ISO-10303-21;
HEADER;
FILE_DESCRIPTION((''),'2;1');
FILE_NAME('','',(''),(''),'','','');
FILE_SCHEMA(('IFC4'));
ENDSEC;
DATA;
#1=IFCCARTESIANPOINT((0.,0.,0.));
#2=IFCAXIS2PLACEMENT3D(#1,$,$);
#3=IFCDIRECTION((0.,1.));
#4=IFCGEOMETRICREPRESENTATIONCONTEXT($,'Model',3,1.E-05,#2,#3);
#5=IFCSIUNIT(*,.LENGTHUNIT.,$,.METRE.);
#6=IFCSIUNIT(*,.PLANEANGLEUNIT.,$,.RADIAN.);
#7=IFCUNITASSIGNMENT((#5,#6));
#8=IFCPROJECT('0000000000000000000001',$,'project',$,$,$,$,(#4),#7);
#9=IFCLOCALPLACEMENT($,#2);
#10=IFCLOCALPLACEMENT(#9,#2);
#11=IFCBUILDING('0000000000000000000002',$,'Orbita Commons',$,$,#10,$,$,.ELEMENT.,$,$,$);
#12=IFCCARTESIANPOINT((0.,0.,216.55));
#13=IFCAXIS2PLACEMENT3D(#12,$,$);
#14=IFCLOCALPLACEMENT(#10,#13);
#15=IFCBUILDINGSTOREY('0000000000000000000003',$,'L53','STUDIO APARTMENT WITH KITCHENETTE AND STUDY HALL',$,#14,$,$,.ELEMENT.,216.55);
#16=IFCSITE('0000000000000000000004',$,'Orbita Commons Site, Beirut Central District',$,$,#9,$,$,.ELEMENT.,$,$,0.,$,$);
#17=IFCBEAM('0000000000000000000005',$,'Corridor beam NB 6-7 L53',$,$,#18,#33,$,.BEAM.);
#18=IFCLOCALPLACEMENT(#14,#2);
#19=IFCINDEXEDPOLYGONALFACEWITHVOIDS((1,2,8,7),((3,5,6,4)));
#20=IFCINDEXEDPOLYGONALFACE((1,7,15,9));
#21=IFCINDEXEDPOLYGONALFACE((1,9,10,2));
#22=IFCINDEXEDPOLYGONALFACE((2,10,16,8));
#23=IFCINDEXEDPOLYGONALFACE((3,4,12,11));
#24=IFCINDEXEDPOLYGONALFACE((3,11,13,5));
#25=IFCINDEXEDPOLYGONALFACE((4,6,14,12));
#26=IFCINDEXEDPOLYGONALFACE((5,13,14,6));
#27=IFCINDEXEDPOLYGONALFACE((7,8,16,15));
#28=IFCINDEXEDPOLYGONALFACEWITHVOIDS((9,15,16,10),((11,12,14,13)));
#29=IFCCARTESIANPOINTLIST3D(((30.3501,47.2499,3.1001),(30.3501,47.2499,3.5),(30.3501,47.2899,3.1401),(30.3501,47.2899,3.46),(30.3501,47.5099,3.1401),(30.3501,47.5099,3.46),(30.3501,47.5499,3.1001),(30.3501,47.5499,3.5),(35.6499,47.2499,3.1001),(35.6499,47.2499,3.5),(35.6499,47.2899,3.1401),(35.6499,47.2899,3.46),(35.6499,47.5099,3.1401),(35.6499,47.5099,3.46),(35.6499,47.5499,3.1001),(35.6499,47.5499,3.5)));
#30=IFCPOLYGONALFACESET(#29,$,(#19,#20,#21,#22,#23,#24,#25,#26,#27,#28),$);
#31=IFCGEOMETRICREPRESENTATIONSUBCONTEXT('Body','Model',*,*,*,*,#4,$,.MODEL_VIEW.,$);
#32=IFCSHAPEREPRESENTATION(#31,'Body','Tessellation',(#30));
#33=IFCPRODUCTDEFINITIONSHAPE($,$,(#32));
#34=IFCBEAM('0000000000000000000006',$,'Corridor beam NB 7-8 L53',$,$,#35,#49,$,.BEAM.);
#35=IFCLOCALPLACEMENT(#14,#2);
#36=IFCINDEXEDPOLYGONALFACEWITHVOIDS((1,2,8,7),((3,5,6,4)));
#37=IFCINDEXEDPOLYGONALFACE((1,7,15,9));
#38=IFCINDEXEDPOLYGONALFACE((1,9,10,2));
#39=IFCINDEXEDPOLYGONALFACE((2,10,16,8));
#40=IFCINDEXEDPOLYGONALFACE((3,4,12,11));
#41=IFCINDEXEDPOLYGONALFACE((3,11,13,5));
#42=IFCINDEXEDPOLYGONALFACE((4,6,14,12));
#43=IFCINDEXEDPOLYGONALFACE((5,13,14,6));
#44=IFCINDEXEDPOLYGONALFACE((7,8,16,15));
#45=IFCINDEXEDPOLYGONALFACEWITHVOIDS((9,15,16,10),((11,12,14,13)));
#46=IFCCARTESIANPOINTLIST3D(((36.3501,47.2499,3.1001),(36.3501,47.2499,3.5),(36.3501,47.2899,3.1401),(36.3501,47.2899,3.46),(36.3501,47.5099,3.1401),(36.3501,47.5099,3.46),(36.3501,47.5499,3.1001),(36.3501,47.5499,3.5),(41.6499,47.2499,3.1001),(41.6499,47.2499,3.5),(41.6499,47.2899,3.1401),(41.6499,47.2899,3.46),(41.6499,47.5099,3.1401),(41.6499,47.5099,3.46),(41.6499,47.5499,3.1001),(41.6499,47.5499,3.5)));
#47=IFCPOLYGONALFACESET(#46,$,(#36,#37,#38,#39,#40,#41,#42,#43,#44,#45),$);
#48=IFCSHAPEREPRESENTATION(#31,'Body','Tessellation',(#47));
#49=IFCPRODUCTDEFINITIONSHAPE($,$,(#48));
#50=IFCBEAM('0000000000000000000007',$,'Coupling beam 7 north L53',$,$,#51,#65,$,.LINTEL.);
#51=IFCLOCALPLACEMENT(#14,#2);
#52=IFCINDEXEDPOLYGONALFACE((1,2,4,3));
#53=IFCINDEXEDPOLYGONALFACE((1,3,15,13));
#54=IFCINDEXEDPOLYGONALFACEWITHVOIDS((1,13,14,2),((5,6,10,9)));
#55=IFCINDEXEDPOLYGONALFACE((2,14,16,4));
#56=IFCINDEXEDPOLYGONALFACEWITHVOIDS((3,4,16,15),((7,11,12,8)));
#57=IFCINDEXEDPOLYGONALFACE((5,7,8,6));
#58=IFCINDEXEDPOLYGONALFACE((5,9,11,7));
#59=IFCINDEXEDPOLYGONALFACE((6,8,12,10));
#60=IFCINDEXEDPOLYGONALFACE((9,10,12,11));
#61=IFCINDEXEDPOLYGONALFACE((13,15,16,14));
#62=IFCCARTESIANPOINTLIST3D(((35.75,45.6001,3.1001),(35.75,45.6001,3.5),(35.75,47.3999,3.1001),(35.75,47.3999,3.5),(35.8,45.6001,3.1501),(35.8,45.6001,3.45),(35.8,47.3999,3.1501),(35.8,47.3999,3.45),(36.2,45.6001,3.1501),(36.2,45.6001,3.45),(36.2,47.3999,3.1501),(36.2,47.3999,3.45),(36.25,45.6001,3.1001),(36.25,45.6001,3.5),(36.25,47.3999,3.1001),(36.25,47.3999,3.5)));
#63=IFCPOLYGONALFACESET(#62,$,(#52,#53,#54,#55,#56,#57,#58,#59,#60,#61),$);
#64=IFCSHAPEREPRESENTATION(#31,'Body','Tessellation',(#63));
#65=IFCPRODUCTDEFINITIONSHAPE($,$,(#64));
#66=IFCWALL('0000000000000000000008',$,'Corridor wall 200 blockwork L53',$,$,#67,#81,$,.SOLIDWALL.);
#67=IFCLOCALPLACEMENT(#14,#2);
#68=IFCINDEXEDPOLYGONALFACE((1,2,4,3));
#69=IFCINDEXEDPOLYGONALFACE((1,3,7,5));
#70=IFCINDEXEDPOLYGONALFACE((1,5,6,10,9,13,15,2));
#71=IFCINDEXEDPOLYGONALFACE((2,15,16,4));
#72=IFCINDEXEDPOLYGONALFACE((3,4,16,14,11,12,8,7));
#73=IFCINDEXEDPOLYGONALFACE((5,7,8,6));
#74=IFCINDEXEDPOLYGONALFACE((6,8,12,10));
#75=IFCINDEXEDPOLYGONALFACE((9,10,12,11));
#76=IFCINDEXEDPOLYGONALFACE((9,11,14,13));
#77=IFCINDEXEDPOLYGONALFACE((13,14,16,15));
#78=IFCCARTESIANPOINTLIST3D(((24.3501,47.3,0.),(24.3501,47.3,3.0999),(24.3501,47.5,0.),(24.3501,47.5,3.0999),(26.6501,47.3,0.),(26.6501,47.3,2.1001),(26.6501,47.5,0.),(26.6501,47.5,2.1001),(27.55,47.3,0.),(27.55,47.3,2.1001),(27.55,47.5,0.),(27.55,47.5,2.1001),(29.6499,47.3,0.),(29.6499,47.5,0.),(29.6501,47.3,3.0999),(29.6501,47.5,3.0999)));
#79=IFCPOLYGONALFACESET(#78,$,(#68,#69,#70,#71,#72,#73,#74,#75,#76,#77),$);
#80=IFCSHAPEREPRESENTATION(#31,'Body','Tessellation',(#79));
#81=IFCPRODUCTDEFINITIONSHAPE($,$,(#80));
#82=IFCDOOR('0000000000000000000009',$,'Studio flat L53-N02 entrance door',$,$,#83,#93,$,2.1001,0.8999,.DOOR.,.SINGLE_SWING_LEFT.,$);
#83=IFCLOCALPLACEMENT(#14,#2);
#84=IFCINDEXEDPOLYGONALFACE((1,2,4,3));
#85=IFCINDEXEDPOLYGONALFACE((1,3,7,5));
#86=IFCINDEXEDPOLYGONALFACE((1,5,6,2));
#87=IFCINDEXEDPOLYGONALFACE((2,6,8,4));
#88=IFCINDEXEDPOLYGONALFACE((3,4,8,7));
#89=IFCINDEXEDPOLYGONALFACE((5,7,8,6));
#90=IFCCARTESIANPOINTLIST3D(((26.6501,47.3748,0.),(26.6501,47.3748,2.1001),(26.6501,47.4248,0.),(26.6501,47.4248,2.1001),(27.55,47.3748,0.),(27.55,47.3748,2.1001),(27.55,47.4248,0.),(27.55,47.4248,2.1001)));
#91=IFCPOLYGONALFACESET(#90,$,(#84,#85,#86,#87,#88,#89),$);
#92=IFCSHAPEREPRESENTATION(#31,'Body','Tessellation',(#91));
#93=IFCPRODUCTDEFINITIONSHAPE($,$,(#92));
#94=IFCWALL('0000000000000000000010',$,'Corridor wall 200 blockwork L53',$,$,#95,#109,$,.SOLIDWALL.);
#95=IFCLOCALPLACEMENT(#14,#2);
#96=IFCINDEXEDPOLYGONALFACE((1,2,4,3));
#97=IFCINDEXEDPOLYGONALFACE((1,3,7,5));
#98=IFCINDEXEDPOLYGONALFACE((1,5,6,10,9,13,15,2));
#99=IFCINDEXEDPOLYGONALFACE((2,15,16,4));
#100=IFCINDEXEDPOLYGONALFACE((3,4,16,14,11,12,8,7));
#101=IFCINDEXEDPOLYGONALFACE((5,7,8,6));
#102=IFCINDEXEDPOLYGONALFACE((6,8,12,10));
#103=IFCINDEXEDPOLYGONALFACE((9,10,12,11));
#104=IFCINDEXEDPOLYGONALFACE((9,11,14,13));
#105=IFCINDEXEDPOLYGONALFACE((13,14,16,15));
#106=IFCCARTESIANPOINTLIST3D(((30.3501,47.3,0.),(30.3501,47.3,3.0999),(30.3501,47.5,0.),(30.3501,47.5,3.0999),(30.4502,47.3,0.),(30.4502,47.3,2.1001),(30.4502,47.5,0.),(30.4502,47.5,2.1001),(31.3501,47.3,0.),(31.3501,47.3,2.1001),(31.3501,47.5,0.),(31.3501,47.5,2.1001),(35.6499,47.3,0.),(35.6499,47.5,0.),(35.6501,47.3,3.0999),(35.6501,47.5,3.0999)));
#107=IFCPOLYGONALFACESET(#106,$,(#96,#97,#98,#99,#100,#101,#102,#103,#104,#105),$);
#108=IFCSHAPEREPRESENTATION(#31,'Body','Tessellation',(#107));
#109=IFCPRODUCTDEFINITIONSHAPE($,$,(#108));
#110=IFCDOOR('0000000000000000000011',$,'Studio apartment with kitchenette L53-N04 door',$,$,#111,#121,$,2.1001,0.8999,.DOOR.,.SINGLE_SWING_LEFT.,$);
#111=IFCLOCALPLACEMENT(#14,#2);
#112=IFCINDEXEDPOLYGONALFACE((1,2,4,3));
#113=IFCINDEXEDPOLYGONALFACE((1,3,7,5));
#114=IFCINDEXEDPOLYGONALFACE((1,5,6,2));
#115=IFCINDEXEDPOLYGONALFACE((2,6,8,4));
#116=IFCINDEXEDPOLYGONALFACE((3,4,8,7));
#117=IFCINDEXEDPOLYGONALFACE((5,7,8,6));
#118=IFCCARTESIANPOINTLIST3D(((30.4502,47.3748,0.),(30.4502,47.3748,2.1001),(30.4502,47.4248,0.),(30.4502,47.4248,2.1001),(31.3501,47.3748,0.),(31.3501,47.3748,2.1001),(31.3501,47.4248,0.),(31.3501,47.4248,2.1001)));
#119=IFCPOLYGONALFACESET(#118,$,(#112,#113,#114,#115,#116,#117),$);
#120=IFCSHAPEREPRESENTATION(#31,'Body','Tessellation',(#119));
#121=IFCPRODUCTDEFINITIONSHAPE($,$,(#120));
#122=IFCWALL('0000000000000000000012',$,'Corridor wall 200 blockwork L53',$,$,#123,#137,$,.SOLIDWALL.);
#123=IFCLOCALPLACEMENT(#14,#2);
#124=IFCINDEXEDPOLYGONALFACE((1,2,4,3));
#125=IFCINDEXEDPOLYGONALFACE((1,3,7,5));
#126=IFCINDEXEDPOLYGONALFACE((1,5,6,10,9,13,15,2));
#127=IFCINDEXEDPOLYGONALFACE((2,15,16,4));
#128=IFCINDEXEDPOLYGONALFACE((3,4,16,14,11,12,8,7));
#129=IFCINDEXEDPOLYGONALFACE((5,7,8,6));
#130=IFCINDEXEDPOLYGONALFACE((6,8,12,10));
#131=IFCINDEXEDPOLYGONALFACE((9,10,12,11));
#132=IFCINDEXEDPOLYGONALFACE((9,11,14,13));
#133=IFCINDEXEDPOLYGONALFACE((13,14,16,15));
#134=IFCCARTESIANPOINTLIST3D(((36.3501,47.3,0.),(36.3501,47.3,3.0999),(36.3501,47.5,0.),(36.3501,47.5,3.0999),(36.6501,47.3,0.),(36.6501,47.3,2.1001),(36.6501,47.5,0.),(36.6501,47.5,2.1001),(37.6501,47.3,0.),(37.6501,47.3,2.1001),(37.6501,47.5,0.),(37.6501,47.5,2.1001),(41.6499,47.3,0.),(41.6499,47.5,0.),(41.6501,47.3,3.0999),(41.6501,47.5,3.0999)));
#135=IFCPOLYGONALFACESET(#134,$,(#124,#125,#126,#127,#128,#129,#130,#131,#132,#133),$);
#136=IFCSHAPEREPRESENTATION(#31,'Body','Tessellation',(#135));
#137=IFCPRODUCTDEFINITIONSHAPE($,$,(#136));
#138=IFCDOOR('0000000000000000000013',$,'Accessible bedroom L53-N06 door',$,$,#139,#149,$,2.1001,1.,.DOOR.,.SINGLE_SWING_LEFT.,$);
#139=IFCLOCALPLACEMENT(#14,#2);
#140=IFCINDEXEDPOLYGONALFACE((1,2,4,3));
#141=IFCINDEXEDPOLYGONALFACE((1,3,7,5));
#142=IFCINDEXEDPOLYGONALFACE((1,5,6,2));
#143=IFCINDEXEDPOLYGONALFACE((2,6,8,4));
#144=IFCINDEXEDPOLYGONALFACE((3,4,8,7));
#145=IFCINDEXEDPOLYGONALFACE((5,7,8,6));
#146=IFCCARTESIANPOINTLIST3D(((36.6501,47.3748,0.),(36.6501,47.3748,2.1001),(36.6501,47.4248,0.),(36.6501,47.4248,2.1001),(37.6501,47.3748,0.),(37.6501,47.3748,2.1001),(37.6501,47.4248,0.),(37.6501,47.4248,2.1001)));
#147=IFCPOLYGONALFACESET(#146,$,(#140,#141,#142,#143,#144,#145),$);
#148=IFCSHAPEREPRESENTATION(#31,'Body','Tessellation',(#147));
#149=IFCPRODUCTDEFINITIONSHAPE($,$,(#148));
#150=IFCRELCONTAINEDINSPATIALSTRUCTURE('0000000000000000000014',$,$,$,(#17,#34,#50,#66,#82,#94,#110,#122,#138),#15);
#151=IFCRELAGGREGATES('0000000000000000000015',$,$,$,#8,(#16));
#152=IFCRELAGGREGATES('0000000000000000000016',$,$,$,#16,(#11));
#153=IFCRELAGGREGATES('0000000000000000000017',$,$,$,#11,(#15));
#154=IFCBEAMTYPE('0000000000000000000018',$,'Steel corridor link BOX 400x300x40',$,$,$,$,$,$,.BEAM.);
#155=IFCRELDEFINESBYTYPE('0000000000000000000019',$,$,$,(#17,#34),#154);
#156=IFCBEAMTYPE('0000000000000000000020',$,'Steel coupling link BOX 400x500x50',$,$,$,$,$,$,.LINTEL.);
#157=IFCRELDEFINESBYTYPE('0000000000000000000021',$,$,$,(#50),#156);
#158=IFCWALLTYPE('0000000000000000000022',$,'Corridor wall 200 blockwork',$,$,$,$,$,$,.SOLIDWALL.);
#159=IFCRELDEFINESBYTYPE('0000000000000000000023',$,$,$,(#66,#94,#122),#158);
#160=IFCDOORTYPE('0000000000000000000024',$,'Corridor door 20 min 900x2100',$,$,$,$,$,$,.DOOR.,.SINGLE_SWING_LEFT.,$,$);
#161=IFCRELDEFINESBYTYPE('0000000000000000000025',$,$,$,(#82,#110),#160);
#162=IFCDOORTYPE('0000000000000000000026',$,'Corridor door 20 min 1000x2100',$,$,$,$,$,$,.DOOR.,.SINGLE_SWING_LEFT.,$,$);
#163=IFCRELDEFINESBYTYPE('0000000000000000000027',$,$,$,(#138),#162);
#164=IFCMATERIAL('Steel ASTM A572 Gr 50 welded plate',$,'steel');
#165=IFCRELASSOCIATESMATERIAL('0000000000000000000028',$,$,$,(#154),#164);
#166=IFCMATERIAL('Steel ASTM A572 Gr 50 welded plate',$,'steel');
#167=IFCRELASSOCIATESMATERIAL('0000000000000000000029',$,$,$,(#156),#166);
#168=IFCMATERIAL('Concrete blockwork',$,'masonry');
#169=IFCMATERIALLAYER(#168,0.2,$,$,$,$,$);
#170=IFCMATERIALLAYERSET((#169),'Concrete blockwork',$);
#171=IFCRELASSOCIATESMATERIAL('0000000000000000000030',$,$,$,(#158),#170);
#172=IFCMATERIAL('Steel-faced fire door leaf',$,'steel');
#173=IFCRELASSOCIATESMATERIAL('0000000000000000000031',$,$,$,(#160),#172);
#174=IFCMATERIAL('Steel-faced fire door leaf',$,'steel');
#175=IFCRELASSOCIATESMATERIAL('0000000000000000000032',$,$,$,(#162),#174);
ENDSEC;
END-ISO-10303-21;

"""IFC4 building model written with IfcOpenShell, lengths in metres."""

from ifc_helpers import new_model, si_unit, direction, frame, frame_2d, origin, origin_2d, place, context, subcontext, project, spatial, polyline, rectangle, hollow_rectangle, outline, extrude, material, layer, layer_set, material_profile, profile_set, type_object, element, fill, save


model = new_model("IFC4")

# Units and contexts
model_context = context("Model", 3, precision=1e-05, world=origin(), true_north=direction((0.0, 1.0)))
body_context = subcontext(model_context, "Body", "Model", "MODEL_VIEW")
ifc_project = project(units=[si_unit("LENGTHUNIT", "METRE"), si_unit("PLANEANGLEUNIT", "RADIAN")], contexts=[model_context])

# Site, building, storey
site_placement = place(None, origin())
site = spatial("IfcSite", under=ifc_project, at=site_placement, Name="Orbita Commons Site, Beirut Central District", CompositionType="ELEMENT", RefElevation=0.0)
building_placement = place(site_placement, origin())
building = spatial("IfcBuilding", under=site, at=building_placement, Name="Orbita Commons", CompositionType="ELEMENT")
storey_placement = place(building_placement, frame((0.0, 0.0, 216.55)))
storey = spatial("IfcBuildingStorey", under=building, at=storey_placement, Name="L53", Description="STUDIO APARTMENT WITH KITCHENETTE AND STUDY HALL", CompositionType="ELEMENT", Elevation=216.55)

# Beams
ifc_material_1 = material(Name="Steel ASTM A572 Gr 50 welded plate", Category="steel")
ifc_material_profile_1 = material_profile(ifc_material_1, hollow_rectangle(XDim=0.3, YDim=0.3999, WallThickness=0.04, at=origin_2d()), Name="BOX 400x300x40")
ifc_profile_set_1 = profile_set([ifc_material_profile_1], Name="Steel ASTM A572 Gr 50 welded plate")
beam_type_1 = type_object("IfcBeamType", Name="Steel corridor link BOX 400x300x40", PredefinedType="BEAM", material=ifc_profile_set_1)
for number, where, z_axis, x_axis, name in (
    (1, (30.3501, 47.3999, 3.3), (1.0, 0.0, 0.0), (0.0, 1.0, 0.0), "Corridor beam NB 6-7 L53"),
    (2, (36.3501, 47.3999, 3.3), (1.0, 0.0, 0.0), (0.0, 1.0, 0.0), "Corridor beam NB 7-8 L53"),
):
    element("IfcBeam", number, at=place(storey_placement, frame(where, z_axis=z_axis, x_axis=x_axis)), inside=storey, type_object=beam_type_1, Name=name, PredefinedType="BEAM", context=body_context, shape_type="SweptSolid", body=[
        extrude(hollow_rectangle(XDim=0.3, YDim=0.3999, WallThickness=0.04, at=origin_2d()), origin(), (0.0, 0.0, 1.0), 5.2998),
    ])
ifc_material_2 = material(Name="Steel ASTM A572 Gr 50 welded plate", Category="steel")
ifc_material_profile_2 = material_profile(ifc_material_2, hollow_rectangle(XDim=0.5, YDim=0.3999, WallThickness=0.05, at=origin_2d()), Name="BOX 400x500x50")
ifc_profile_set_2 = profile_set([ifc_material_profile_2], Name="Steel ASTM A572 Gr 50 welded plate")
beam_type_2 = type_object("IfcBeamType", Name="Steel coupling link BOX 400x500x50", PredefinedType="LINTEL", material=ifc_profile_set_2)
beam_placement = place(storey_placement, frame((36.0, 45.6001, 3.3), z_axis=(0.0, 1.0, 0.0), x_axis=(-1.0, 0.0, 0.0)))
element("IfcBeam", 3, at=beam_placement, inside=storey, type_object=beam_type_2, Name="Coupling beam 7 north L53", PredefinedType="LINTEL", context=body_context, shape_type="SweptSolid", body=[
    extrude(hollow_rectangle(XDim=0.5, YDim=0.3999, WallThickness=0.05, at=origin_2d()), origin(), (0.0, 0.0, 1.0), 1.7998),
])

# Walls, openings, doors
ifc_material_3 = material(Name="Concrete blockwork", Category="masonry")
ifc_layer_1 = layer(ifc_material_3, 0.2)
ifc_layer_set_1 = layer_set([ifc_layer_1], Name="Concrete blockwork")
wall_type_1 = type_object("IfcWallType", Name="Corridor wall 200 blockwork", PredefinedType="SOLIDWALL", material=ifc_layer_set_1)
wall_1_placement = place(storey_placement, frame((24.3501, 47.3999, 0.0), z_axis=(0.0, 0.0, 1.0), x_axis=(1.0, 0.0, 0.0)))
wall_1 = element("IfcWall", 4, at=wall_1_placement, inside=storey, type_object=wall_type_1, Name="Corridor wall 200 blockwork L53", PredefinedType="SOLIDWALL", context=body_context, shape_type="SweptSolid", body=[
    extrude(outline(polyline([(0.0, 0.0), (5.2998, 0.0), (5.3, 3.0999), (0.0, 3.0999), (0.0, 0.0)])), frame((0.0, 0.1001, 0.0), z_axis=(0.0, -1.0, 0.0), x_axis=(1.0, 0.0, 0.0)), (0.0, 0.0, 1.0), 0.2),
])
opening_1_placement = place(wall_1_placement, frame((2.3, 0.0, 0.0)))
opening_1 = element("IfcOpeningElement", 5, at=opening_1_placement, cuts=wall_1, PredefinedType="OPENING", context=body_context, shape_type="SweptSolid", body=[
    extrude(rectangle(XDim=0.8999, YDim=2.1001, at=frame_2d((0.45, 1.05))), frame((0.0, 0.1099, 0.0), z_axis=(0.0, -1.0, 0.0), x_axis=(1.0, 0.0, 0.0)), (0.0, 0.0, 1.0), 0.22),
])
ifc_material_4 = material(Name="Steel-faced fire door leaf", Category="steel")
door_type_1 = type_object("IfcDoorType", Name="Corridor door 20 min 900x2100", OperationType="SINGLE_SWING_LEFT", PredefinedType="DOOR", material=ifc_material_4)
door_1_placement = place(opening_1_placement, origin())
door_1 = element("IfcDoor", 6, at=door_1_placement, inside=storey, type_object=door_type_1, Name="Studio flat L53-N02 entrance door", OperationType="SINGLE_SWING_LEFT", OverallHeight=2.1001, OverallWidth=0.8999, PredefinedType="DOOR", context=body_context, shape_type="SweptSolid", body=[
    extrude(rectangle(XDim=0.8999, YDim=2.1001, at=frame_2d((0.45, 1.05))), frame((0.0, 0.0249, 0.0), z_axis=(0.0, -1.0, 0.0), x_axis=(1.0, 0.0, 0.0)), (0.0, 0.0, 1.0), 0.05),
])
fill(opening_1, door_1)
wall_2_placement = place(storey_placement, frame((30.3501, 47.3999, 0.0), z_axis=(0.0, 0.0, 1.0), x_axis=(1.0, 0.0, 0.0)))
wall_2 = element("IfcWall", 7, at=wall_2_placement, inside=storey, type_object=wall_type_1, Name="Corridor wall 200 blockwork L53", PredefinedType="SOLIDWALL", context=body_context, shape_type="SweptSolid", body=[
    extrude(outline(polyline([(0.0, 0.0), (5.2998, 0.0), (5.3, 3.0999), (0.0, 3.0999), (0.0, 0.0)])), frame((0.0, 0.1001, 0.0), z_axis=(0.0, -1.0, 0.0), x_axis=(1.0, 0.0, 0.0)), (0.0, 0.0, 1.0), 0.2),
])
opening_2_placement = place(wall_2_placement, frame((0.1001, 0.0, 0.0)))
opening_2 = element("IfcOpeningElement", 8, at=opening_2_placement, cuts=wall_2, PredefinedType="OPENING", context=body_context, shape_type="SweptSolid", body=[
    extrude(rectangle(XDim=0.8999, YDim=2.1001, at=frame_2d((0.45, 1.05))), frame((0.0, 0.1099, 0.0), z_axis=(0.0, -1.0, 0.0), x_axis=(1.0, 0.0, 0.0)), (0.0, 0.0, 1.0), 0.22),
])
door_2_placement = place(opening_2_placement, origin())
door_2 = element("IfcDoor", 9, at=door_2_placement, inside=storey, type_object=door_type_1, Name="Studio apartment with kitchenette L53-N04 door", OperationType="SINGLE_SWING_LEFT", OverallHeight=2.1001, OverallWidth=0.8999, PredefinedType="DOOR", context=body_context, shape_type="SweptSolid", body=[
    extrude(rectangle(XDim=0.8999, YDim=2.1001, at=frame_2d((0.45, 1.05))), frame((0.0, 0.0249, 0.0), z_axis=(0.0, -1.0, 0.0), x_axis=(1.0, 0.0, 0.0)), (0.0, 0.0, 1.0), 0.05),
])
fill(opening_2, door_2)
wall_3_placement = place(storey_placement, frame((36.3501, 47.3999, 0.0), z_axis=(0.0, 0.0, 1.0), x_axis=(1.0, 0.0, 0.0)))
wall_3 = element("IfcWall", 10, at=wall_3_placement, inside=storey, type_object=wall_type_1, Name="Corridor wall 200 blockwork L53", PredefinedType="SOLIDWALL", context=body_context, shape_type="SweptSolid", body=[
    extrude(outline(polyline([(0.0, 0.0), (5.2998, 0.0), (5.3, 3.0999), (0.0, 3.0999), (0.0, 0.0)])), frame((0.0, 0.1001, 0.0), z_axis=(0.0, -1.0, 0.0), x_axis=(1.0, 0.0, 0.0)), (0.0, 0.0, 1.0), 0.2),
])
opening_3_placement = place(wall_3_placement, frame((0.3, 0.0, 0.0)))
opening_3 = element("IfcOpeningElement", 11, at=opening_3_placement, cuts=wall_3, PredefinedType="OPENING", context=body_context, shape_type="SweptSolid", body=[
    extrude(rectangle(XDim=1.0, YDim=2.1001, at=frame_2d((0.5, 1.05))), frame((0.0, 0.1099, 0.0), z_axis=(0.0, -1.0, 0.0), x_axis=(1.0, 0.0, 0.0)), (0.0, 0.0, 1.0), 0.22),
])
ifc_material_5 = material(Name="Steel-faced fire door leaf", Category="steel")
door_type_2 = type_object("IfcDoorType", Name="Corridor door 20 min 1000x2100", OperationType="SINGLE_SWING_LEFT", PredefinedType="DOOR", material=ifc_material_5)
door_3_placement = place(opening_3_placement, origin())
door_3 = element("IfcDoor", 12, at=door_3_placement, inside=storey, type_object=door_type_2, Name="Accessible bedroom L53-N06 door", OperationType="SINGLE_SWING_LEFT", OverallHeight=2.1001, OverallWidth=1.0, PredefinedType="DOOR", context=body_context, shape_type="SweptSolid", body=[
    extrude(rectangle(XDim=1.0, YDim=2.1001, at=frame_2d((0.5, 1.05))), frame((0.0, 0.0249, 0.0), z_axis=(0.0, -1.0, 0.0), x_axis=(1.0, 0.0, 0.0)), (0.0, 0.0, 1.0), 0.05),
])
fill(opening_3, door_3)

save(model, "model.ifc")
